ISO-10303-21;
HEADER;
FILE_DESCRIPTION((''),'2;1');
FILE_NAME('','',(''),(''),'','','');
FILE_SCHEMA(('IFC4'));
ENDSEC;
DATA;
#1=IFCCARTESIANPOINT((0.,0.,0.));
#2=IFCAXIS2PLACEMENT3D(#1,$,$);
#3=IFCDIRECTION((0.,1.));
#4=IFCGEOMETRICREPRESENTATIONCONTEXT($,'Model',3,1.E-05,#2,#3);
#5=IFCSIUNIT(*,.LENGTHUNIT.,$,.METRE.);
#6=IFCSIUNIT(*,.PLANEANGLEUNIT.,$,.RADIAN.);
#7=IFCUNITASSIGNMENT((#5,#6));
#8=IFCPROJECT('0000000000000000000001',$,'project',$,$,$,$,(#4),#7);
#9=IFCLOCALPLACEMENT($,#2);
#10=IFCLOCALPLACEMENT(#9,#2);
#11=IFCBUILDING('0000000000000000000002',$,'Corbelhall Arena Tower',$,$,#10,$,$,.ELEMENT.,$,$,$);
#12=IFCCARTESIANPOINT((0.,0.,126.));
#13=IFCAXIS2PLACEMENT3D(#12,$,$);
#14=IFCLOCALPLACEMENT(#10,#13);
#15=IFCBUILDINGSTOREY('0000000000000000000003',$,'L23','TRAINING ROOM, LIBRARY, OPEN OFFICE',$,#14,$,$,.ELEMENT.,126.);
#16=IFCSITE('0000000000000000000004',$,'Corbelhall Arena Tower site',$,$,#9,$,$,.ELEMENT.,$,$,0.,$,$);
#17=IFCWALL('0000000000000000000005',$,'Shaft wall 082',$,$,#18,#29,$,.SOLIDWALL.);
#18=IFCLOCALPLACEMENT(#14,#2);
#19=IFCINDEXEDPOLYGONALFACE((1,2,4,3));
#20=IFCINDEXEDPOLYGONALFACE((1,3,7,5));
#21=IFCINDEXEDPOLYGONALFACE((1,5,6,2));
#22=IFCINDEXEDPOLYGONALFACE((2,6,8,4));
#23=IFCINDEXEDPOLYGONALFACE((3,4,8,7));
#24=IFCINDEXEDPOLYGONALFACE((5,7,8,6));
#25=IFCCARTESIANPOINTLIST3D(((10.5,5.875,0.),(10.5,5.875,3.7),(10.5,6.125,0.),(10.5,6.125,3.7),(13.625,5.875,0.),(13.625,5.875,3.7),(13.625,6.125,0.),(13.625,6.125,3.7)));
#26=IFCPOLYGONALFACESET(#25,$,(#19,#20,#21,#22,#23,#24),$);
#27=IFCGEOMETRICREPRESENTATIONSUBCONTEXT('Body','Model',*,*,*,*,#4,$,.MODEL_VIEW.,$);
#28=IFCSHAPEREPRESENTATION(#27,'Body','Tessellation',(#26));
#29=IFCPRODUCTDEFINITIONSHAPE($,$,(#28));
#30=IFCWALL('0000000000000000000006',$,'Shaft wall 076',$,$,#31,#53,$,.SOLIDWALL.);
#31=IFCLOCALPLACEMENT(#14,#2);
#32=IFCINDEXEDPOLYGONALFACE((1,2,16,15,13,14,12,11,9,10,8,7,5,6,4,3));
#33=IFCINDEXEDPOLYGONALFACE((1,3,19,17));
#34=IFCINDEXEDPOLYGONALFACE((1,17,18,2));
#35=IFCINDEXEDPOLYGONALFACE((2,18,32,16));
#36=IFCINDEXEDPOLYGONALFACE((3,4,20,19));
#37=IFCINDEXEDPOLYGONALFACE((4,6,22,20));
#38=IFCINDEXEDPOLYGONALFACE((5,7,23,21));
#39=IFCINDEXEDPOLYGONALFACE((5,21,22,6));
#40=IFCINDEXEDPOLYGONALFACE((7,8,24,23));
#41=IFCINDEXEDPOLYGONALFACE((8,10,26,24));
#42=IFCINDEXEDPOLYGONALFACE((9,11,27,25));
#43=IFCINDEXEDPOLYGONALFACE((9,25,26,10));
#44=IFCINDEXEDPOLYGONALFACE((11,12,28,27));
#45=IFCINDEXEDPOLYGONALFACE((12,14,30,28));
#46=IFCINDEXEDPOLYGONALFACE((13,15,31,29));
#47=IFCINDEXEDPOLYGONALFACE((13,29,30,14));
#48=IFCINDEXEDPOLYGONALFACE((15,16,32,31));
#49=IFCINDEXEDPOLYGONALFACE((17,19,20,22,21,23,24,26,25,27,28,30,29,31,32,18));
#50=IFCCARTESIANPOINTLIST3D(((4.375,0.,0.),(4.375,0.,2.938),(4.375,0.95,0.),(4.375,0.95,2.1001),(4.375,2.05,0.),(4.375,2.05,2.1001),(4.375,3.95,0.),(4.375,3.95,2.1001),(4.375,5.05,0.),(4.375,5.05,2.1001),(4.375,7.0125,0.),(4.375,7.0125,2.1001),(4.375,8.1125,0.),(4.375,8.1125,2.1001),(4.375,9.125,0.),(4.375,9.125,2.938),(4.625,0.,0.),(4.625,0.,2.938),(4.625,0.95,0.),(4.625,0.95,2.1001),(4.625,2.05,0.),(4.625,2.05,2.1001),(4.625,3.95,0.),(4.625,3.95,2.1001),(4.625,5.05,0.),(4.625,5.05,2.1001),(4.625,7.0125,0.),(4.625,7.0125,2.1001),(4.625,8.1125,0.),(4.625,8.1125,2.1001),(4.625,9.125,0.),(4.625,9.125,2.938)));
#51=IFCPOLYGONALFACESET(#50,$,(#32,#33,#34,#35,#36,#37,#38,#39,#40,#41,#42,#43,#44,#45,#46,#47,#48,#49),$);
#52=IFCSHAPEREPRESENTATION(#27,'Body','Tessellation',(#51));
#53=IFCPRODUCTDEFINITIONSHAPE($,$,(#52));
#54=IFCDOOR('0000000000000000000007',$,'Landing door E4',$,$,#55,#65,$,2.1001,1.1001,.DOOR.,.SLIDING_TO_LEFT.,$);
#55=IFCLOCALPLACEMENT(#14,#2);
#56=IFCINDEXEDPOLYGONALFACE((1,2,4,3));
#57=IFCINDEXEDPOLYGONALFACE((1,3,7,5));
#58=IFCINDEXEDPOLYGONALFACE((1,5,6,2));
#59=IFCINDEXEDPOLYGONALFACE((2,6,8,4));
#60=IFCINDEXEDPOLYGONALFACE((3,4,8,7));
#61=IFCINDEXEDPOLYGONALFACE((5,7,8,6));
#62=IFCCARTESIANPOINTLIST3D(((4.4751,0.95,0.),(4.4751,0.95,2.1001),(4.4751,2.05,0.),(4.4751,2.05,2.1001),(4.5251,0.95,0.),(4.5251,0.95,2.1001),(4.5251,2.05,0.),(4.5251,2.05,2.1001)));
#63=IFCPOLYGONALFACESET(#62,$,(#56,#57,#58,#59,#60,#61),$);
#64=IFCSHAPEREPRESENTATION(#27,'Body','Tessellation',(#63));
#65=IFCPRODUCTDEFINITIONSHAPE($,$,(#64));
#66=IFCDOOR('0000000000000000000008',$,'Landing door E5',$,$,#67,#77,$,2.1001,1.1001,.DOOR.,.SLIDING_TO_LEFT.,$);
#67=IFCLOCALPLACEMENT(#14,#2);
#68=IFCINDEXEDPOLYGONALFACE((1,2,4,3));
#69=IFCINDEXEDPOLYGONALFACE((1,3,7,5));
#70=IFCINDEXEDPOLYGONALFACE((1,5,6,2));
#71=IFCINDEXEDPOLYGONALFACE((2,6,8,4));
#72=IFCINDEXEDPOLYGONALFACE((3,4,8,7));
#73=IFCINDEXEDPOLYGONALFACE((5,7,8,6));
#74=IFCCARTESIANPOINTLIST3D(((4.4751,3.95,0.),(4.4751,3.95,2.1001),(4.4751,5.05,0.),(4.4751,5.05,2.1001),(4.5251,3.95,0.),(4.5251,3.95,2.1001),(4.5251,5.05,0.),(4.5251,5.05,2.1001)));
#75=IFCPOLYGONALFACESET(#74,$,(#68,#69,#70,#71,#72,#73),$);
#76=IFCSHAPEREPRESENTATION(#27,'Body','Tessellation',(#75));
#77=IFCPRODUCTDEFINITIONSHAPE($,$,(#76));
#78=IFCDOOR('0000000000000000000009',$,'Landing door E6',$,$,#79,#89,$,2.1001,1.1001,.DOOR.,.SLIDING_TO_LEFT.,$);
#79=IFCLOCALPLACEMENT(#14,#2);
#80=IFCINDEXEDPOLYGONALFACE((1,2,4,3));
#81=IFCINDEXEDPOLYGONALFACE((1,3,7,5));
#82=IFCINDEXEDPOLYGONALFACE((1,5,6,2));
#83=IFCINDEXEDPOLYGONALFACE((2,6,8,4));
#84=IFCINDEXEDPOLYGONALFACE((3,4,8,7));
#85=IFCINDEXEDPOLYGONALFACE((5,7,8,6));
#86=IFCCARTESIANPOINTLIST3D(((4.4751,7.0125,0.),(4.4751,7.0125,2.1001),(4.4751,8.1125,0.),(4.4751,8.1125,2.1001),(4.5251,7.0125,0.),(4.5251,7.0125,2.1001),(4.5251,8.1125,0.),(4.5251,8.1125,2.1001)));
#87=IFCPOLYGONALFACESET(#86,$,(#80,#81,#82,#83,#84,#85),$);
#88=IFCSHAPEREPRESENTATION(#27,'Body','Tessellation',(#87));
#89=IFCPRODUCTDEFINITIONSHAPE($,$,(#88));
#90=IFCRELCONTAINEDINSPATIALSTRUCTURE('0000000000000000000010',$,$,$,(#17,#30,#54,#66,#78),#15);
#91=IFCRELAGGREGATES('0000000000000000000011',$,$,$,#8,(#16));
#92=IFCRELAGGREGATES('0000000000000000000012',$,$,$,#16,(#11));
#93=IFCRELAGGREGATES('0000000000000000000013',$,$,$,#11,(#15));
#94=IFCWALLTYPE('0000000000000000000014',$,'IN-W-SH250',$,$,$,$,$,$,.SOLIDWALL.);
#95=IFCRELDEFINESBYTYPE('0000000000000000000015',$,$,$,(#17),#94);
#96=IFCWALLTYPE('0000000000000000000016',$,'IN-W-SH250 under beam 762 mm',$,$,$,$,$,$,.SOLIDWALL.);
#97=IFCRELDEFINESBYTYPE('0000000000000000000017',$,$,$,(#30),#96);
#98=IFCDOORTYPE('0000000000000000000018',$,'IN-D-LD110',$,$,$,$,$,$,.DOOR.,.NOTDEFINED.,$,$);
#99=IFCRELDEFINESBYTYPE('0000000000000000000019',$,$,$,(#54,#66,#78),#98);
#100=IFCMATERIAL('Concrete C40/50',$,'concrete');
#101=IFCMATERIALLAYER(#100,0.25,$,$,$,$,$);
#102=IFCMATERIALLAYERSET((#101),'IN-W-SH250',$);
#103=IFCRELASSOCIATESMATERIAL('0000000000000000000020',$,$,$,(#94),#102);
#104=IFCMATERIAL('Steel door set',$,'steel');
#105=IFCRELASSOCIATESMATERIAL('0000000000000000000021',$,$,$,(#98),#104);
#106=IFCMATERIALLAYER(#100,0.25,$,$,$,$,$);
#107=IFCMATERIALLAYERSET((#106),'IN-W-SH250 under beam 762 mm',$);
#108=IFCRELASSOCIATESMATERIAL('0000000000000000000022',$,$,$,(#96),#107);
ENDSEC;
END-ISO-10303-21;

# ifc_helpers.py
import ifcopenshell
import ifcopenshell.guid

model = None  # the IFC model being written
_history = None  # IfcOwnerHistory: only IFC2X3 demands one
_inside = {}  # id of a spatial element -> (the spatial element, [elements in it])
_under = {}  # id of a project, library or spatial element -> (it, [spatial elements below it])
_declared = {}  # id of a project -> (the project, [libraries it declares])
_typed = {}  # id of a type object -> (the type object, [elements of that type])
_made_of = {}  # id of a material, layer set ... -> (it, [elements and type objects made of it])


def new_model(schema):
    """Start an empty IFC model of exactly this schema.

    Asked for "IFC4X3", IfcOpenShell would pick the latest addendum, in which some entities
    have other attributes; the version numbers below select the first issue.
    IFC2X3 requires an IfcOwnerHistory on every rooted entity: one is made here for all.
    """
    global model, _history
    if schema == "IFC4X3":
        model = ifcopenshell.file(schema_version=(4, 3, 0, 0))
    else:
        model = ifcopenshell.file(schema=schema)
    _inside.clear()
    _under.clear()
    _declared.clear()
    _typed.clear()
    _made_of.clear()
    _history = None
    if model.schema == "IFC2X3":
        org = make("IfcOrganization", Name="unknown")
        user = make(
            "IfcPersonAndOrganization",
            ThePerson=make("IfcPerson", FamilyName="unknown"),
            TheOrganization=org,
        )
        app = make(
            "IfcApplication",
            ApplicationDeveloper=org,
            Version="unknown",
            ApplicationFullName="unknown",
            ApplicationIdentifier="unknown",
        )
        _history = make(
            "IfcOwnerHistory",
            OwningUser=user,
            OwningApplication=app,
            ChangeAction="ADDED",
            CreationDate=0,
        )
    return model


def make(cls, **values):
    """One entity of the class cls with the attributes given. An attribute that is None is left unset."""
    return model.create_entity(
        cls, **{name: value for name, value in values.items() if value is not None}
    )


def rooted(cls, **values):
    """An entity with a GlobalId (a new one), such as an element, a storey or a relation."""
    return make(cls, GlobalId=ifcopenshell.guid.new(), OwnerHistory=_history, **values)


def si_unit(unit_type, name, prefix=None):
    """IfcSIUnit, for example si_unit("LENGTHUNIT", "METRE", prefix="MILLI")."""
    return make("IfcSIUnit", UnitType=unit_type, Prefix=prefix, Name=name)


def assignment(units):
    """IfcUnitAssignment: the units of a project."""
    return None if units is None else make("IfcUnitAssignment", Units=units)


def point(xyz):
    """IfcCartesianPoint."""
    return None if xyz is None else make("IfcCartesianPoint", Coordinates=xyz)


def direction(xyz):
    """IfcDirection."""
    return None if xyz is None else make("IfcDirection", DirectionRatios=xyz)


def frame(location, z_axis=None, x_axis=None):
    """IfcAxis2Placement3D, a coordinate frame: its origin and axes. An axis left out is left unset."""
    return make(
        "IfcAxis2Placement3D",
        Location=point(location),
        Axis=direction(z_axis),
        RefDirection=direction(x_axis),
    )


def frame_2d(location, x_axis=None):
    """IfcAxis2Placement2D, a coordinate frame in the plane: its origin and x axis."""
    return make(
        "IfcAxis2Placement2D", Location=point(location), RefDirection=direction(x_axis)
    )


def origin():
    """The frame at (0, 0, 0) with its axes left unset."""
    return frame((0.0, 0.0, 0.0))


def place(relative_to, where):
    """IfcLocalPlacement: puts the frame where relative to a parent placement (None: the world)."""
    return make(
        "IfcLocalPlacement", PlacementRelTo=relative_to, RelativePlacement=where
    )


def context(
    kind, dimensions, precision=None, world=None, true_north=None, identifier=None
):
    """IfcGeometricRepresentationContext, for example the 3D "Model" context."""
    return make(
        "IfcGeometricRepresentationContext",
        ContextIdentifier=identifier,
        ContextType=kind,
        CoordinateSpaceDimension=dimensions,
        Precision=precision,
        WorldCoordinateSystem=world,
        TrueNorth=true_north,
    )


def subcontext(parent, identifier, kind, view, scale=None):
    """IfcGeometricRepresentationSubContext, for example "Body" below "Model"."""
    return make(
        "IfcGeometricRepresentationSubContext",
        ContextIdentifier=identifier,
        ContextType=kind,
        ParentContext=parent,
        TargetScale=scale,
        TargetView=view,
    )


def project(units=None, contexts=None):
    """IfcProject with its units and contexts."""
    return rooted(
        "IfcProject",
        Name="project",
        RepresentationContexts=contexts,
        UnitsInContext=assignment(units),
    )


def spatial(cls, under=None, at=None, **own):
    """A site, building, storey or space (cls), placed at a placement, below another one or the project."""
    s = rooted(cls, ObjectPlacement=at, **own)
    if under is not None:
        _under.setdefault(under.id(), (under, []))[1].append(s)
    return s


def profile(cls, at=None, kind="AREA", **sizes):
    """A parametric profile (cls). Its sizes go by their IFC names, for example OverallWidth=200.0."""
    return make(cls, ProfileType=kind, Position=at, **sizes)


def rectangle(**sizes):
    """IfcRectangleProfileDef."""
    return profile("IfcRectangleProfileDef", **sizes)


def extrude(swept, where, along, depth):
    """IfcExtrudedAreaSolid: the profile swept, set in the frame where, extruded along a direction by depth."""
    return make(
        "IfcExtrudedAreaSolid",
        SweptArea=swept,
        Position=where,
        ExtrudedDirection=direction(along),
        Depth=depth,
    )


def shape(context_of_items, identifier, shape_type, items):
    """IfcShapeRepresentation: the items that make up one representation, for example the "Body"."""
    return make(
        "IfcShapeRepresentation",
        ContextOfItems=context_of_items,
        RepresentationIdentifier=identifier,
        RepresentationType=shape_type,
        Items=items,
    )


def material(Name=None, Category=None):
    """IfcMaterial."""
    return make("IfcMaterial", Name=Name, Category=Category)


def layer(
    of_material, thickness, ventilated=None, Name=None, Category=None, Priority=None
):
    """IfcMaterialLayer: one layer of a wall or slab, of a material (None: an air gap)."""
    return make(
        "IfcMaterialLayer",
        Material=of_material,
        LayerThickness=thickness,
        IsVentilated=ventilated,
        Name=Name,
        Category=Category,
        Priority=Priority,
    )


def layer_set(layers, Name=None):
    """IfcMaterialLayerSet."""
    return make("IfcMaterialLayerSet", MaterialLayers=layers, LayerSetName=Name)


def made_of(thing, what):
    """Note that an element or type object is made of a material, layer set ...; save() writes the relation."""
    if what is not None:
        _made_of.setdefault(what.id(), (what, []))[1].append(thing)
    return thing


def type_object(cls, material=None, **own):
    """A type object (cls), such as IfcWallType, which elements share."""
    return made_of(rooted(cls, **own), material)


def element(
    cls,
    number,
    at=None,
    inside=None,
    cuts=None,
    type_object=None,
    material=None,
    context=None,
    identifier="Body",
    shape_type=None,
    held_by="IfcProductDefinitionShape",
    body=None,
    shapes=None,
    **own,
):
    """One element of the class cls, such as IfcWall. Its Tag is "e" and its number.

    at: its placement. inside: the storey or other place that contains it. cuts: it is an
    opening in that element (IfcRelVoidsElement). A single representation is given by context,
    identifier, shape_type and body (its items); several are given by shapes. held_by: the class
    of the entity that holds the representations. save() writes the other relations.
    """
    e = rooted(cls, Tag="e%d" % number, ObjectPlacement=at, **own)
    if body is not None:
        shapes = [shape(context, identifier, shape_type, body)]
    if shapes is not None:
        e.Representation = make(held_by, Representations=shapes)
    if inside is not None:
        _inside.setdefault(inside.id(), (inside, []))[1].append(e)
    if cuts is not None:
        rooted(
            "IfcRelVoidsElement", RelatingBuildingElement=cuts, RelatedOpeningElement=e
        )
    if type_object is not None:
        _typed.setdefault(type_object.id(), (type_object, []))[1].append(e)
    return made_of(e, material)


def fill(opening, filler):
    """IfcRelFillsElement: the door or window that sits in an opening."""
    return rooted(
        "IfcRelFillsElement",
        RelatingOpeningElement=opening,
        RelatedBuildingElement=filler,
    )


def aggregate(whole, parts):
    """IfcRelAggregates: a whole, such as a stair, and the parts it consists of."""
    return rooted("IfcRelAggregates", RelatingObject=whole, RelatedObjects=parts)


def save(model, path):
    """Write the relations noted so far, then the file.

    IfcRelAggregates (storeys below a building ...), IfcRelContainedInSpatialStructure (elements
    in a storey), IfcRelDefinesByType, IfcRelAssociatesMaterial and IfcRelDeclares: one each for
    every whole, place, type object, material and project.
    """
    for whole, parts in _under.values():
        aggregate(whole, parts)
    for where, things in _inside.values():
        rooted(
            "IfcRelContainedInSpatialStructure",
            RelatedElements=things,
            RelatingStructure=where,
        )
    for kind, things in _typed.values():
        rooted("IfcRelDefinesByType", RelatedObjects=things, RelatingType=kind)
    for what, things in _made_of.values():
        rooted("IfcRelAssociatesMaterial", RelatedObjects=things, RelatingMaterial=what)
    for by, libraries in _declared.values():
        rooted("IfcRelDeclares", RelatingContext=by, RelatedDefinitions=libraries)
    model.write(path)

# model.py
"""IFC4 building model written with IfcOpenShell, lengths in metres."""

from ifc_helpers import new_model, si_unit, direction, frame, frame_2d, origin, place, context, subcontext, project, spatial, rectangle, extrude, material, layer, layer_set, type_object, element, fill, save


model = new_model("IFC4")

# Units and contexts
model_context = context("Model", 3, precision=1e-05, world=origin(), true_north=direction((0.0, 1.0)))
body_context = subcontext(model_context, "Body", "Model", "MODEL_VIEW")
ifc_project = project(units=[si_unit("LENGTHUNIT", "METRE"), si_unit("PLANEANGLEUNIT", "RADIAN")], contexts=[model_context])

# Site, building, storey
site_placement = place(None, origin())
site = spatial("IfcSite", under=ifc_project, at=site_placement, Name="Corbelhall Arena Tower site", CompositionType="ELEMENT", RefElevation=0.0)
building_placement = place(site_placement, origin())
building = spatial("IfcBuilding", under=site, at=building_placement, Name="Corbelhall Arena Tower", CompositionType="ELEMENT")
storey_placement = place(building_placement, frame((0.0, 0.0, 126.0)))
storey = spatial("IfcBuildingStorey", under=building, at=storey_placement, Name="L23", Description="TRAINING ROOM, LIBRARY, OPEN OFFICE", CompositionType="ELEMENT", Elevation=126.0)

# Shared definitions
ifc_material_1 = material(Name="Concrete C40/50", Category="concrete")

# Shared definitions
ifc_layer_1 = layer(ifc_material_1, 0.25)
ifc_layer_set_1 = layer_set([ifc_layer_1], Name="IN-W-SH250")
wall_type_1 = type_object("IfcWallType", Name="IN-W-SH250", PredefinedType="SOLIDWALL", material=ifc_layer_set_1)

# Shared definitions
ifc_material_2 = material(Name="Steel door set", Category="steel")

# Shared definitions
door_type_1 = type_object("IfcDoorType", Name="IN-D-LD110", OperationType="NOTDEFINED", PredefinedType="DOOR", material=ifc_material_2)

# Wall
wall_1_placement = place(storey_placement, frame((10.5, 6.0, 0.0), z_axis=(0.0, 0.0, 1.0), x_axis=(1.0, 0.0, 0.0)))
element("IfcWall", 1, at=wall_1_placement, inside=storey, type_object=wall_type_1, Name="Shaft wall 082", PredefinedType="SOLIDWALL", context=body_context, shape_type="SweptSolid", body=[
    extrude(rectangle(XDim=3.125, YDim=0.25, at=frame_2d((1.5625, 0.0))), origin(), (0.0, 0.0, 1.0), 3.7),
])

# Wall, openings, doors
ifc_layer_2 = layer(ifc_material_1, 0.25)
ifc_layer_set_2 = layer_set([ifc_layer_2], Name="IN-W-SH250 under beam 762 mm")
wall_type_2 = type_object("IfcWallType", Name="IN-W-SH250 under beam 762 mm", PredefinedType="SOLIDWALL", material=ifc_layer_set_2)
wall_2_placement = place(storey_placement, frame((4.5, 0.0, 0.0), z_axis=(0.0, 0.0, 1.0), x_axis=(0.0, 1.0, 0.0)))
wall_2 = element("IfcWall", 2, at=wall_2_placement, inside=storey, type_object=wall_type_2, Name="Shaft wall 076", PredefinedType="SOLIDWALL", context=body_context, shape_type="SweptSolid", body=[
    extrude(rectangle(XDim=9.125, YDim=0.25, at=frame_2d((4.5625, 0.0))), origin(), (0.0, 0.0, 1.0), 2.938),
])
opening_1_placement = place(wall_2_placement, frame((0.95, 0.0, 0.0)))
opening_1 = element("IfcOpeningElement", 3, at=opening_1_placement, cuts=wall_2, PredefinedType="OPENING", context=body_context, shape_type="SweptSolid", body=[
    extrude(rectangle(XDim=1.1001, YDim=2.1001, at=frame_2d((0.55, 1.05))), frame((0.0, 0.125, 0.0), z_axis=(0.0, -1.0, 0.0), x_axis=(1.0, 0.0, 0.0)), (0.0, 0.0, 1.0), 0.25),
])
opening_2_placement = place(wall_2_placement, frame((3.95, 0.0, 0.0)))
opening_2 = element("IfcOpeningElement", 4, at=opening_2_placement, cuts=wall_2, PredefinedType="OPENING", context=body_context, shape_type="SweptSolid", body=[
    extrude(rectangle(XDim=1.1001, YDim=2.1001, at=frame_2d((0.55, 1.05))), frame((0.0, 0.125, 0.0), z_axis=(0.0, -1.0, 0.0), x_axis=(1.0, 0.0, 0.0)), (0.0, 0.0, 1.0), 0.25),
])
opening_3_placement = place(wall_2_placement, frame((7.0125, 0.0, 0.0)))
opening_3 = element("IfcOpeningElement", 5, at=opening_3_placement, cuts=wall_2, PredefinedType="OPENING", context=body_context, shape_type="SweptSolid", body=[
    extrude(rectangle(XDim=1.1001, YDim=2.1001, at=frame_2d((0.55, 1.05))), frame((0.0, 0.125, 0.0), z_axis=(0.0, -1.0, 0.0), x_axis=(1.0, 0.0, 0.0)), (0.0, 0.0, 1.0), 0.25),
])
door_1_placement = place(opening_1_placement, origin())
door_1 = element("IfcDoor", 6, at=door_1_placement, inside=storey, type_object=door_type_1, Name="Landing door E4", OperationType="SLIDING_TO_LEFT", OverallHeight=2.1001, OverallWidth=1.1001, PredefinedType="DOOR", context=body_context, shape_type="SweptSolid", body=[
    extrude(rectangle(XDim=1.1001, YDim=2.1001, at=frame_2d((0.55, 1.05))), frame((0.0, 0.0249, 0.0), z_axis=(0.0, -1.0, 0.0), x_axis=(1.0, 0.0, 0.0)), (0.0, 0.0, 1.0), 0.05),
])
fill(opening_1, door_1)
door_2_placement = place(opening_2_placement, origin())
door_2 = element("IfcDoor", 7, at=door_2_placement, inside=storey, type_object=door_type_1, Name="Landing door E5", OperationType="SLIDING_TO_LEFT", OverallHeight=2.1001, OverallWidth=1.1001, PredefinedType="DOOR", context=body_context, shape_type="SweptSolid", body=[
    extrude(rectangle(XDim=1.1001, YDim=2.1001, at=frame_2d((0.55, 1.05))), frame((0.0, 0.0249, 0.0), z_axis=(0.0, -1.0, 0.0), x_axis=(1.0, 0.0, 0.0)), (0.0, 0.0, 1.0), 0.05),
])
fill(opening_2, door_2)
door_3_placement = place(opening_3_placement, origin())
door_3 = element("IfcDoor", 8, at=door_3_placement, inside=storey, type_object=door_type_1, Name="Landing door E6", OperationType="SLIDING_TO_LEFT", OverallHeight=2.1001, OverallWidth=1.1001, PredefinedType="DOOR", context=body_context, shape_type="SweptSolid", body=[
    extrude(rectangle(XDim=1.1001, YDim=2.1001, at=frame_2d((0.55, 1.05))), frame((0.0, 0.0249, 0.0), z_axis=(0.0, -1.0, 0.0), x_axis=(1.0, 0.0, 0.0)), (0.0, 0.0, 1.0), 0.05),
])
fill(opening_3, door_3)

save(model, "model.ifc")
